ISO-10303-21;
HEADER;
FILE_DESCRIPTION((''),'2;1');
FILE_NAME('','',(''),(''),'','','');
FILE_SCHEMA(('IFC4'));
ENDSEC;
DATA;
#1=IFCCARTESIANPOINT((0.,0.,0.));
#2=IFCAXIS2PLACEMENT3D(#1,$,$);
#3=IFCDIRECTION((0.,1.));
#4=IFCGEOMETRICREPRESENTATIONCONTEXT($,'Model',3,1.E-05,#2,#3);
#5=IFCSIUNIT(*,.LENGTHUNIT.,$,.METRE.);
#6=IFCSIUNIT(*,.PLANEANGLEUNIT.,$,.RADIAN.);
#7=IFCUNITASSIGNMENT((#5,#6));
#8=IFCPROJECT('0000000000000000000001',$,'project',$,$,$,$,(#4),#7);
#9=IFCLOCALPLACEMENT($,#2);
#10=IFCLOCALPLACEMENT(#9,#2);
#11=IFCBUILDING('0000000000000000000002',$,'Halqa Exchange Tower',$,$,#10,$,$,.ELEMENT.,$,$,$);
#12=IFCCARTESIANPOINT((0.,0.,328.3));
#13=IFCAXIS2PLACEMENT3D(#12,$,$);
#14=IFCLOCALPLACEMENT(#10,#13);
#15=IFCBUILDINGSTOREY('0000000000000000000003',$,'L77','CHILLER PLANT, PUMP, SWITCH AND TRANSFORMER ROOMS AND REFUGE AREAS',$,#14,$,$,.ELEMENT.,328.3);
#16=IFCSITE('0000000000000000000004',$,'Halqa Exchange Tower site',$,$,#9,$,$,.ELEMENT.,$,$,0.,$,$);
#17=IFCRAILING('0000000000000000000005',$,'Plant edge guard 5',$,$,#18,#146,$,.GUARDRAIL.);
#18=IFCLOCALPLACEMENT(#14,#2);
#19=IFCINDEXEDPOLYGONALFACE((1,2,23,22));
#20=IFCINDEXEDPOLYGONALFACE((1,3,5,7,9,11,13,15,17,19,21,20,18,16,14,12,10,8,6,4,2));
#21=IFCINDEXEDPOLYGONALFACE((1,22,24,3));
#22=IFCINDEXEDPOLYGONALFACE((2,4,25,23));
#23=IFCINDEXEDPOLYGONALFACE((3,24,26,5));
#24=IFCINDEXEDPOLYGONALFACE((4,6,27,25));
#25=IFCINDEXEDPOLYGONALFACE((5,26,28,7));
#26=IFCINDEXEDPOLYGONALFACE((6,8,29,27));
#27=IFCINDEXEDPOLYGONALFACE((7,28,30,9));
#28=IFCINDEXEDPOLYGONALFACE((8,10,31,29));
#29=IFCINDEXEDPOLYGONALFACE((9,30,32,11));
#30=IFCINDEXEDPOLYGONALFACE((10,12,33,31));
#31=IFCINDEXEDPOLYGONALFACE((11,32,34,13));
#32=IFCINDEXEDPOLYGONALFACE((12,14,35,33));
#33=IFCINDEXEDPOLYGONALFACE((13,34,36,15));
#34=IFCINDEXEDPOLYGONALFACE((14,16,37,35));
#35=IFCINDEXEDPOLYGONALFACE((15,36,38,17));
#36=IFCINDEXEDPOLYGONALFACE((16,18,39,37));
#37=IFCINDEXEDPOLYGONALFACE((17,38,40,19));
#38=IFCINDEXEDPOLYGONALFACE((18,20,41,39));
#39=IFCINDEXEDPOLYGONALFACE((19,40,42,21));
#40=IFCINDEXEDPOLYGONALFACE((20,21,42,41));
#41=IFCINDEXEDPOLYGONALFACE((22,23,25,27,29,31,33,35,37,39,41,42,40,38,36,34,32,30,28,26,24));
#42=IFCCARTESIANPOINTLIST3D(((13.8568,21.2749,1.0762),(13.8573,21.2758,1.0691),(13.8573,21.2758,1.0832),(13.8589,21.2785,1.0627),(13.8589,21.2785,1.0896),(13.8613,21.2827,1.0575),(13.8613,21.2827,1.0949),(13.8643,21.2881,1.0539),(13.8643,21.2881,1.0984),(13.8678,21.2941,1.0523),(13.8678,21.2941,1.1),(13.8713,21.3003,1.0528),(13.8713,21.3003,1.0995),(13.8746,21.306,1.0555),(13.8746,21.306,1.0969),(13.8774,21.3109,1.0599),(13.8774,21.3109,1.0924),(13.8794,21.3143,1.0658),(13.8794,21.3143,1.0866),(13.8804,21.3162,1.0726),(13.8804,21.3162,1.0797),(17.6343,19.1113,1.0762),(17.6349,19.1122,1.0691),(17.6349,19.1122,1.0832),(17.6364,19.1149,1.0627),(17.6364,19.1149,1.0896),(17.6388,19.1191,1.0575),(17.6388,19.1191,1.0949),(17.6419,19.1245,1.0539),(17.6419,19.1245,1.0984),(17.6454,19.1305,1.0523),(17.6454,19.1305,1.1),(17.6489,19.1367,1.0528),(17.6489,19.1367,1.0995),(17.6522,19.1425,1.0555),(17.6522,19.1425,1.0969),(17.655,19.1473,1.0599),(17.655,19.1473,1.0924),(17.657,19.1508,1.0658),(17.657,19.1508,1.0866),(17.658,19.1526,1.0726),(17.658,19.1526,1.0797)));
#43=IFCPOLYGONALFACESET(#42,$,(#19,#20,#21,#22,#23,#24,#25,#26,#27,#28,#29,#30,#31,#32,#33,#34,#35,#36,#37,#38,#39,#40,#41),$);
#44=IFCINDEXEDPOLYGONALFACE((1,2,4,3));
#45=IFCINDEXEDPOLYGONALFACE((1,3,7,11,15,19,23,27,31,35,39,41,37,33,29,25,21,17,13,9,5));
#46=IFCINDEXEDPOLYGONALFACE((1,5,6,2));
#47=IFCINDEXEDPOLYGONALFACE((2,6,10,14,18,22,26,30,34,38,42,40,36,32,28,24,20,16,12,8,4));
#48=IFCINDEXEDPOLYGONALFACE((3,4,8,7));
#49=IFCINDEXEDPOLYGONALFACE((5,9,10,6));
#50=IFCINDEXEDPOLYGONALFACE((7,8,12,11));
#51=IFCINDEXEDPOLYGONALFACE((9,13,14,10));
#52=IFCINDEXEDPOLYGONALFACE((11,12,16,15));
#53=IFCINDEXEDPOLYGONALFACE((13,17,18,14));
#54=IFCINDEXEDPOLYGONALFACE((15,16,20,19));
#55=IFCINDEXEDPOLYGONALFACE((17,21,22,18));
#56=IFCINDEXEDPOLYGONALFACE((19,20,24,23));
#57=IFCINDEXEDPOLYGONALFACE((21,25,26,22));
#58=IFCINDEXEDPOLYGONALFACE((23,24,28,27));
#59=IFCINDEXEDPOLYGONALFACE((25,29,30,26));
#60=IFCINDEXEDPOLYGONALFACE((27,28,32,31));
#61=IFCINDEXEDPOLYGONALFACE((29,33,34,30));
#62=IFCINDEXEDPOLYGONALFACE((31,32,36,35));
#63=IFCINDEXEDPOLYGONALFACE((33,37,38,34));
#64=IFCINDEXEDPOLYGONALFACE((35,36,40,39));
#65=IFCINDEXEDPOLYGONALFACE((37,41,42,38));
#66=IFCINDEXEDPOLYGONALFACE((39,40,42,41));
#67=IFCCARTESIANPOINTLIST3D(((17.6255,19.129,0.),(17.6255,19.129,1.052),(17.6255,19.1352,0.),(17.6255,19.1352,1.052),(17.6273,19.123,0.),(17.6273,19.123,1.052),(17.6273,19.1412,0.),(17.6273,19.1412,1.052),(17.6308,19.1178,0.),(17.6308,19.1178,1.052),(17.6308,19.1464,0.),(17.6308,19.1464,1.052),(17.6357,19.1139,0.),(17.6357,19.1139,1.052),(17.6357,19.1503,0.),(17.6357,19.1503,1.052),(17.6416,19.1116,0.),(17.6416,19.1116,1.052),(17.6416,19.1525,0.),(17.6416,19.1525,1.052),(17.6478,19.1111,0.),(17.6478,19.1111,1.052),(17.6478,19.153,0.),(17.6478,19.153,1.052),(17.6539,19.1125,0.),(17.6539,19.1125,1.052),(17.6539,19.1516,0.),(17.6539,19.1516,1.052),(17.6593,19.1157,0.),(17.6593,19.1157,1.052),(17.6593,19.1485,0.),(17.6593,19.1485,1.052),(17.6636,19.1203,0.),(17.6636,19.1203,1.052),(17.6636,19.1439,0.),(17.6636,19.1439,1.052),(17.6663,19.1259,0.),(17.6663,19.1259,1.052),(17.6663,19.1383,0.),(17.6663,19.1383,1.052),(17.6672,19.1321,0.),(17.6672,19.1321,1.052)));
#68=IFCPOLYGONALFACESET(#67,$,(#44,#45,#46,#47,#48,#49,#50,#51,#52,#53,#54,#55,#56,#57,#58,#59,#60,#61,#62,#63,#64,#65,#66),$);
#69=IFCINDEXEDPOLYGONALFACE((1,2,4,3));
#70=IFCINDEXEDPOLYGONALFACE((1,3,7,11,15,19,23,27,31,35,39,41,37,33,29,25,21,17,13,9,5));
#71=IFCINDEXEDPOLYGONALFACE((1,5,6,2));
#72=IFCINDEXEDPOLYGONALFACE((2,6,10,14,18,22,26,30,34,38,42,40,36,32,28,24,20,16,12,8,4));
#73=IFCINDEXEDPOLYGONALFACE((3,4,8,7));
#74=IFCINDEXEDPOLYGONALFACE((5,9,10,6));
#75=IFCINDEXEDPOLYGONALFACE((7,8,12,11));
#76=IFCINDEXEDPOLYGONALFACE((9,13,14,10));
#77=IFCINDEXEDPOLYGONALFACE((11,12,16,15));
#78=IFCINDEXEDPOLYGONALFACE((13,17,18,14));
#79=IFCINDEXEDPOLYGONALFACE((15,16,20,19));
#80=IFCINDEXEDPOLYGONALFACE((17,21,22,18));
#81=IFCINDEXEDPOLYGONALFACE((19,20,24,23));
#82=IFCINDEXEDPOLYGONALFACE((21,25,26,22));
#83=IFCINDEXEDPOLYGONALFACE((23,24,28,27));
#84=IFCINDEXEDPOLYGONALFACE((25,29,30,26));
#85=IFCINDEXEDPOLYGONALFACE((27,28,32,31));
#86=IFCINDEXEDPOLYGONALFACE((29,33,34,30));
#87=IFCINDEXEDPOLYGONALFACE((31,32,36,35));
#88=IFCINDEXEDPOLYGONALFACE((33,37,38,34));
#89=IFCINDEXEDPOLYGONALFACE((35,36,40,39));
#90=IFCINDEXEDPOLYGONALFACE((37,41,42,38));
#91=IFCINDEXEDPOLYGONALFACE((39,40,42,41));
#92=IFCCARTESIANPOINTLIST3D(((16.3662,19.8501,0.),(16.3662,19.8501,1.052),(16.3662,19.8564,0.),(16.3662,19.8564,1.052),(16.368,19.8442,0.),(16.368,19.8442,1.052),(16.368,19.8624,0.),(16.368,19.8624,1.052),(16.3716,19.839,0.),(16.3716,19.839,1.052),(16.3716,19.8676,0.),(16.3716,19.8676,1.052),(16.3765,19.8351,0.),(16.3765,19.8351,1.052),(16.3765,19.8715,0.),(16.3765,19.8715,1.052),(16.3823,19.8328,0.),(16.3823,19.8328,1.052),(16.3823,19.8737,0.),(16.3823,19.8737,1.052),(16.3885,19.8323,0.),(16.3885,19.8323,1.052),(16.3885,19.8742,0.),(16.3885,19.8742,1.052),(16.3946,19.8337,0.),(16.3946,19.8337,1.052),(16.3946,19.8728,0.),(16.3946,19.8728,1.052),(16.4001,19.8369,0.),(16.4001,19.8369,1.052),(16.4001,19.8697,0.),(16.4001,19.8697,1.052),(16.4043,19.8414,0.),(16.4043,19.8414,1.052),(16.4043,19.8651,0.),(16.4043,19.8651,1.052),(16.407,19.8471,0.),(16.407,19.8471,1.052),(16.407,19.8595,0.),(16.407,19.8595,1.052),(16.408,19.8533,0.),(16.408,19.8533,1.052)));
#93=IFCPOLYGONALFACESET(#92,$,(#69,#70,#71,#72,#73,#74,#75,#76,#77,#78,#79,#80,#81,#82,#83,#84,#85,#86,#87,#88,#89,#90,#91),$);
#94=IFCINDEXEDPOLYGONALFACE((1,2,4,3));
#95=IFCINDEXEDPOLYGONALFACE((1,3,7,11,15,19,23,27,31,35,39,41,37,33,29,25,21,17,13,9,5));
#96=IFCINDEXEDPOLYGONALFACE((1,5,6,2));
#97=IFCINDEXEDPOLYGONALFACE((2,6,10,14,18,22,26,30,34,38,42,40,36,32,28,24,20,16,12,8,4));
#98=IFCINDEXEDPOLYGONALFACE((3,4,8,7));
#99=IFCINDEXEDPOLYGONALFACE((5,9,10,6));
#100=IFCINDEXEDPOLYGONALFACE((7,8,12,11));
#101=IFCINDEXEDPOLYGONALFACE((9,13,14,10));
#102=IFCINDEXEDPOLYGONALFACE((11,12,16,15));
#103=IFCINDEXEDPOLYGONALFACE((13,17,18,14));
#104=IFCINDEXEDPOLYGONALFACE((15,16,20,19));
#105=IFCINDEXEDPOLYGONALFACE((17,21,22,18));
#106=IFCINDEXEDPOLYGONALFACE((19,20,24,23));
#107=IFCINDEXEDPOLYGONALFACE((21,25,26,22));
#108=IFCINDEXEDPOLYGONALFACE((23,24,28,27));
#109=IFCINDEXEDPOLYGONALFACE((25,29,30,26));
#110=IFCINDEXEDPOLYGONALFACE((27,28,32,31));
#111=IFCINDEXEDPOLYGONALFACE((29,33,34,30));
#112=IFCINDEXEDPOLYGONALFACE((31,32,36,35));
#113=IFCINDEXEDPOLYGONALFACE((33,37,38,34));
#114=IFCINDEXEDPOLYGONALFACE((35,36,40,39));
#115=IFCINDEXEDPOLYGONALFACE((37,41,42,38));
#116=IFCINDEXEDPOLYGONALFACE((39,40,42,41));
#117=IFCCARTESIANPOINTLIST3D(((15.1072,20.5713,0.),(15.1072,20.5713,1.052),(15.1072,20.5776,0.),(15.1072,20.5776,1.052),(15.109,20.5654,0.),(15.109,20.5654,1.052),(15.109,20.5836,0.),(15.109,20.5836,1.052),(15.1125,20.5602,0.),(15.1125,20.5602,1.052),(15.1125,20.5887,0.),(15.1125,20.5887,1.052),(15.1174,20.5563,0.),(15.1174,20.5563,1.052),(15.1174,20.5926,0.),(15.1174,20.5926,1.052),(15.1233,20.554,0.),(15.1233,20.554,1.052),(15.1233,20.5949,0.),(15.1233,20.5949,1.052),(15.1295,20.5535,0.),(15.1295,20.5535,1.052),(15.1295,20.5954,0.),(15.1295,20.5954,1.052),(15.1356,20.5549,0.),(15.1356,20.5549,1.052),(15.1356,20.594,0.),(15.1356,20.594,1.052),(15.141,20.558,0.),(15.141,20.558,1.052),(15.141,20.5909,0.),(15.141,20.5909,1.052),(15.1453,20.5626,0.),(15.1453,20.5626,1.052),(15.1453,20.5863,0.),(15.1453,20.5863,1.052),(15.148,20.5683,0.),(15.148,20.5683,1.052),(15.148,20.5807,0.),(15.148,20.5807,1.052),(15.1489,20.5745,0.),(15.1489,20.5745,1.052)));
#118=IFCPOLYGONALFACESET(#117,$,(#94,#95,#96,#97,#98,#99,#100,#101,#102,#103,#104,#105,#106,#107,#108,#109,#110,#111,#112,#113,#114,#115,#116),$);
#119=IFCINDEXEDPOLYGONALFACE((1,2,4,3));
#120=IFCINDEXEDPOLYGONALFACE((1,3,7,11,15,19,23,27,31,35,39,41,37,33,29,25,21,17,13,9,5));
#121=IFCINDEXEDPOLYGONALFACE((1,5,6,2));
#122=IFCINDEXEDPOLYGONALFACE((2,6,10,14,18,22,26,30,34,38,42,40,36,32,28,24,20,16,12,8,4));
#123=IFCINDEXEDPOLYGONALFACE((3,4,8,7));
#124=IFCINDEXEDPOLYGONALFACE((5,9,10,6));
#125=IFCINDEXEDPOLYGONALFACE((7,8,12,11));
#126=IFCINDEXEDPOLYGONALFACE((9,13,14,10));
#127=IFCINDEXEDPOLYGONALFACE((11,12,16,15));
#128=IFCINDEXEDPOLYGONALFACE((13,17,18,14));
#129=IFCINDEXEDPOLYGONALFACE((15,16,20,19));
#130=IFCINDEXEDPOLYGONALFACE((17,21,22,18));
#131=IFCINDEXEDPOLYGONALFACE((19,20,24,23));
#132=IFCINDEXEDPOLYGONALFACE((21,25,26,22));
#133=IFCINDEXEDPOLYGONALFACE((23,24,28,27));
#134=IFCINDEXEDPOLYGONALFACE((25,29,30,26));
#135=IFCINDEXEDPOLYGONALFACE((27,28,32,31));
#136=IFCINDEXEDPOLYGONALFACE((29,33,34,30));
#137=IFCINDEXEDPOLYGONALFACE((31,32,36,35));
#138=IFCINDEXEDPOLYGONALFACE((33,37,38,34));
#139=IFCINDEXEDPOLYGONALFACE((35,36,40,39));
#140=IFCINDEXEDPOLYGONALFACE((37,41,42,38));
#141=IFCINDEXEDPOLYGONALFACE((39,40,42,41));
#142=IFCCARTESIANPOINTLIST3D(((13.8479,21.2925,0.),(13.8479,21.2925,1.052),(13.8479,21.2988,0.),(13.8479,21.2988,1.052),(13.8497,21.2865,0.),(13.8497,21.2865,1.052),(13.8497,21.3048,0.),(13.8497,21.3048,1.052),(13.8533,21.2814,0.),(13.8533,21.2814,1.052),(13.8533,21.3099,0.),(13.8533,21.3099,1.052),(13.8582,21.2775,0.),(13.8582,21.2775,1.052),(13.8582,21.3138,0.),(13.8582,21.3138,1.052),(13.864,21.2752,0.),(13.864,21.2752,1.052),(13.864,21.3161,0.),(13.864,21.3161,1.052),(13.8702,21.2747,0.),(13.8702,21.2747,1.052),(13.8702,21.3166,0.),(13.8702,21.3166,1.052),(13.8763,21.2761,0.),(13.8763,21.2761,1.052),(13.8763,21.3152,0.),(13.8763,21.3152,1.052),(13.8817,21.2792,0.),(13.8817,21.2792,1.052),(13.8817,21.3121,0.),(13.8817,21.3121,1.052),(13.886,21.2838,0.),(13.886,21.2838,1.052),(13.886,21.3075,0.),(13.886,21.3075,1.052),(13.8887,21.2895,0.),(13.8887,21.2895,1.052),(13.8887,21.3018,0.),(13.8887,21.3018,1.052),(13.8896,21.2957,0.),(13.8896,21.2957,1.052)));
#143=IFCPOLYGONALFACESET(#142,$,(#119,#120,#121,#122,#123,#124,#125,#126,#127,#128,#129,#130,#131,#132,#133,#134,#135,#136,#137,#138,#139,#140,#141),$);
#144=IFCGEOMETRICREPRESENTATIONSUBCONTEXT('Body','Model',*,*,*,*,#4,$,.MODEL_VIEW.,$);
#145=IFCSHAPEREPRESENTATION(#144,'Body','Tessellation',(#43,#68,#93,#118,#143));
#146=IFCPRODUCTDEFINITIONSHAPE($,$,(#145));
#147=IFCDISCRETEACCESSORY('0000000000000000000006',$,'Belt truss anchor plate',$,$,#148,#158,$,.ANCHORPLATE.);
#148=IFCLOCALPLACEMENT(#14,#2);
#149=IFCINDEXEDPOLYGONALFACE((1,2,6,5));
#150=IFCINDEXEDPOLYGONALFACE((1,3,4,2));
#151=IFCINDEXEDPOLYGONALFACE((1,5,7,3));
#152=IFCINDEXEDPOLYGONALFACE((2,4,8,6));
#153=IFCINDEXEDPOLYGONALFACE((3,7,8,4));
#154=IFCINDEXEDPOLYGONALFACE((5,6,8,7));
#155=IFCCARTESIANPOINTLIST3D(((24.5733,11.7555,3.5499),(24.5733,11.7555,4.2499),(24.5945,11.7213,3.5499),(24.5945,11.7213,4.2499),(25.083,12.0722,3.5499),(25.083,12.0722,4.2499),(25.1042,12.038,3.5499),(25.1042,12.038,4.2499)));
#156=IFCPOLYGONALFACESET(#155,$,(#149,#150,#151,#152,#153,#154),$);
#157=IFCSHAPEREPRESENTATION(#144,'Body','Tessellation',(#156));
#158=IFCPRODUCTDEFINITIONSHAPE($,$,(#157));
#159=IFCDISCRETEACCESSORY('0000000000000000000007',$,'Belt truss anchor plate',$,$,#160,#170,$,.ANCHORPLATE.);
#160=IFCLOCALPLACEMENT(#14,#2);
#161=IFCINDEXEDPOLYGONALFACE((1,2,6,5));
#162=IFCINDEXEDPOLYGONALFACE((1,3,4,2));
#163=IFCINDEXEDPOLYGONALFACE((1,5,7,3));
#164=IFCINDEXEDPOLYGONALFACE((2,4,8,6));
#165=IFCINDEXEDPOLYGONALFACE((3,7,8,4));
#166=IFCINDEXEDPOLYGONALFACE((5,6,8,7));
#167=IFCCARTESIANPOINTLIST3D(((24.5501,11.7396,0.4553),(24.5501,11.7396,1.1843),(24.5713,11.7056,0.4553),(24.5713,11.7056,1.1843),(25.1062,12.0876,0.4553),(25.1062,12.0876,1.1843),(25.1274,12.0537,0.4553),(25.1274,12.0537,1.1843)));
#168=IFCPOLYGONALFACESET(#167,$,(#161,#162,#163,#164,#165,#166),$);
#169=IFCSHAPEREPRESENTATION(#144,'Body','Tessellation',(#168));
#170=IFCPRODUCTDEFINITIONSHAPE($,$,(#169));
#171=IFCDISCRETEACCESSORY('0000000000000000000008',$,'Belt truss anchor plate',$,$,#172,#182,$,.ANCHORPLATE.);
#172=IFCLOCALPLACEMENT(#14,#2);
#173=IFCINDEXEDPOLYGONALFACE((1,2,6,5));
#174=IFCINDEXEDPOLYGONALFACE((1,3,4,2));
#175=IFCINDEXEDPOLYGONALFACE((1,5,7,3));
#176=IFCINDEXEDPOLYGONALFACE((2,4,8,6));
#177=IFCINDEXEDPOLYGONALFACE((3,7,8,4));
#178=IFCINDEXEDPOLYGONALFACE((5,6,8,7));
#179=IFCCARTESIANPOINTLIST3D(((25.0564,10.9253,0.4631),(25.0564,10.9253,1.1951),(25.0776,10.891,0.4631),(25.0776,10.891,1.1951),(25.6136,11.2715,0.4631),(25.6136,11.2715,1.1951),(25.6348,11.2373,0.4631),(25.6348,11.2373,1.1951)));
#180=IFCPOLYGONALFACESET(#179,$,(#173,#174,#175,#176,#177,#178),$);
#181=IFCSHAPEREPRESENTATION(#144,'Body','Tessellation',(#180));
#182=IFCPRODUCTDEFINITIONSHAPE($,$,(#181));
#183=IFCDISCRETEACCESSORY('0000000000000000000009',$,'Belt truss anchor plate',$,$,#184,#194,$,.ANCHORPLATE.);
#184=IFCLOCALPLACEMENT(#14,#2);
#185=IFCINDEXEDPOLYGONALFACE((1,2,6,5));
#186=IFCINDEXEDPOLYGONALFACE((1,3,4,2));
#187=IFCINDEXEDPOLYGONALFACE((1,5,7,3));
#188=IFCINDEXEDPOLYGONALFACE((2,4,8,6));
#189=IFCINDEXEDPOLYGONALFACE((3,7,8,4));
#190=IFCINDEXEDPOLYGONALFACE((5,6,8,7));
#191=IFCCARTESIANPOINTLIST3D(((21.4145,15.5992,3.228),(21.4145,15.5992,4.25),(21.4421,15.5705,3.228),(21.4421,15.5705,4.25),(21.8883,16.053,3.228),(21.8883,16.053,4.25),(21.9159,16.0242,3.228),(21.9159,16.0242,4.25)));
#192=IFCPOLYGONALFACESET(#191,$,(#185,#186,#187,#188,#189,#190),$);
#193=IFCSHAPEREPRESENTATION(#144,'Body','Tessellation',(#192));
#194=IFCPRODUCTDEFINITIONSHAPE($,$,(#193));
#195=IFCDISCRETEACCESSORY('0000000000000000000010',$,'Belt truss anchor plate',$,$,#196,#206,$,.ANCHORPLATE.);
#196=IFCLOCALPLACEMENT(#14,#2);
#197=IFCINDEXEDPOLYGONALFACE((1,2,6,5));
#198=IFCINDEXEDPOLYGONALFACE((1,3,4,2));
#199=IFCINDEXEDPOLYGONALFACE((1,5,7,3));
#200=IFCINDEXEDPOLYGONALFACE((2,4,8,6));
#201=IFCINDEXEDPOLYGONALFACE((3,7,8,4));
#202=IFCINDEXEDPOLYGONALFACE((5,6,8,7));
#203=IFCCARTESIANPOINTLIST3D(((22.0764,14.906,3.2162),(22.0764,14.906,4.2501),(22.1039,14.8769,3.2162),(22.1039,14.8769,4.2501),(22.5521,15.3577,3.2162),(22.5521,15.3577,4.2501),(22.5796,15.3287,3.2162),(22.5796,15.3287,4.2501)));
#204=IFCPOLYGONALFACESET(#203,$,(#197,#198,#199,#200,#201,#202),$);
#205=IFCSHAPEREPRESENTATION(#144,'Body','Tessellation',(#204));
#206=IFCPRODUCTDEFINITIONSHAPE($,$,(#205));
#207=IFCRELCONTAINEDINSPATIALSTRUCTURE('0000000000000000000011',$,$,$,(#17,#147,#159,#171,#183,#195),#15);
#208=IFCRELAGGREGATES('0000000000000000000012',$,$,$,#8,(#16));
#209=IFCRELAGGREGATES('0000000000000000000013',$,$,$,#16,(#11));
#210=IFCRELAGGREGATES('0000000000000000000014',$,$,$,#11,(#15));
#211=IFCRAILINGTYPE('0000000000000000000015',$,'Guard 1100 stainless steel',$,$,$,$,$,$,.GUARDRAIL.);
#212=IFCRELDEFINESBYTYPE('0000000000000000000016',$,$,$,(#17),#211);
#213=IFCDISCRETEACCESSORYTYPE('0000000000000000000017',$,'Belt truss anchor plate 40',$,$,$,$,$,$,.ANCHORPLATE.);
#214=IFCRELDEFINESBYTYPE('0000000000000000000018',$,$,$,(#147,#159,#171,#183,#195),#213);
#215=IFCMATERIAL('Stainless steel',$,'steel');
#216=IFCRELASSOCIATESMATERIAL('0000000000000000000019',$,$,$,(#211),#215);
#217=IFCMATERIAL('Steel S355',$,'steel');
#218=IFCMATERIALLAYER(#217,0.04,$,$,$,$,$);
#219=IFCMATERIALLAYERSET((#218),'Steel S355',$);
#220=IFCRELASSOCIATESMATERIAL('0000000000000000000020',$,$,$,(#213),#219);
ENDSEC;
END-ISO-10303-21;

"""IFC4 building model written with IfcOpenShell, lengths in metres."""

from ifc_helpers import new_model, si_unit, direction, frame, origin, origin_2d, place, context, subcontext, project, spatial, rectangle, circle, extrude, material, layer, layer_set, type_object, element, save


model = new_model("IFC4")

# Units and contexts
model_context = context("Model", 3, precision=1e-05, world=origin(), true_north=direction((0.0, 1.0)))
body_context = subcontext(model_context, "Body", "Model", "MODEL_VIEW")
ifc_project = project(units=[si_unit("LENGTHUNIT", "METRE"), si_unit("PLANEANGLEUNIT", "RADIAN")], contexts=[model_context])

# Site, building, storey
site_placement = place(None, origin())
site = spatial("IfcSite", under=ifc_project, at=site_placement, Name="Halqa Exchange Tower site", CompositionType="ELEMENT", RefElevation=0.0)
building_placement = place(site_placement, origin())
building = spatial("IfcBuilding", under=site, at=building_placement, Name="Halqa Exchange Tower", CompositionType="ELEMENT")
storey_placement = place(building_placement, frame((0.0, 0.0, 328.3)))
storey = spatial("IfcBuildingStorey", under=building, at=storey_placement, Name="L77", Description="CHILLER PLANT, PUMP, SWITCH AND TRANSFORMER ROOMS AND REFUGE AREAS", CompositionType="ELEMENT", Elevation=328.3)

# Shared definitions
ifc_material_1 = material(Name="Steel S355", Category="steel")

# Railing
ifc_material_2 = material(Name="Stainless steel", Category="steel")
railing_type = type_object("IfcRailingType", Name="Guard 1100 stainless steel", PredefinedType="GUARDRAIL", material=ifc_material_2)
railing_1_placement = place(storey_placement, frame((17.6462, 19.1321, 0.0)))
element("IfcRailing", 1, at=railing_1_placement, inside=storey, type_object=railing_type, Name="Plant edge guard 5", PredefinedType="GUARDRAIL", context=body_context, shape_type="SweptSolid", body=[
    extrude(circle(Radius=0.0239, at=origin_2d()), frame((0.0, 0.0, 1.0762), z_axis=(-0.867753, 0.496996, 0.0), x_axis=(-0.496996, -0.867753, 0.0)), (0.0, 0.0, 1.0), 4.3533),
    extrude(circle(Radius=0.021, at=origin_2d()), origin(), (0.0, 0.0, 1.0), 1.052),
    extrude(circle(Radius=0.021, at=origin_2d()), frame((-1.2593, 0.7212, 0.0)), (0.0, 0.0, 1.0), 1.052),
    extrude(circle(Radius=0.021, at=origin_2d()), frame((-2.5183, 1.4424, 0.0)), (0.0, 0.0, 1.0), 1.052),
    extrude(circle(Radius=0.021, at=origin_2d()), frame((-3.7776, 2.1636, 0.0)), (0.0, 0.0, 1.0), 1.052),
])

# Discrete accessories
ifc_layer_1 = layer(ifc_material_1, 0.04)
ifc_layer_set_1 = layer_set([ifc_layer_1], Name="Steel S355")
discrete_accessory_type = type_object("IfcDiscreteAccessoryType", Name="Belt truss anchor plate 40", PredefinedType="ANCHORPLATE", material=ifc_layer_set_1)
discrete_accessory_1_placement = place(storey_placement, frame((24.8494, 11.8796, 3.8999), z_axis=(-0.527816, 0.849359, 0.0), x_axis=(-0.849359, -0.527816, 0.0)))
element("IfcDiscreteAccessory", 2, at=discrete_accessory_1_placement, inside=storey, type_object=discrete_accessory_type, Name="Belt truss anchor plate", PredefinedType="ANCHORPLATE", context=body_context, shape_type="SweptSolid", body=[
    extrude(rectangle(XDim=0.6001, YDim=0.7, at=origin_2d()), origin(), (0.0, 0.0, 1.0), 0.0403),
])
discrete_accessory_2_placement = place(storey_placement, frame((24.8494, 11.8796, 0.8198), z_axis=(-0.530547, 0.847656, 0.0), x_axis=(-0.847656, -0.530547, 0.0)))
element("IfcDiscreteAccessory", 3, at=discrete_accessory_2_placement, inside=storey, type_object=discrete_accessory_type, Name="Belt truss anchor plate", PredefinedType="ANCHORPLATE", context=body_context, shape_type="SweptSolid", body=[
    extrude(rectangle(XDim=0.656, YDim=0.729, at=origin_2d()), origin(), (0.0, 0.0, 1.0), 0.04),
])
discrete_accessory_3_placement = place(storey_placement, frame((25.335, 11.0984, 0.8291), z_axis=(0.527816, -0.849359, 0.0), x_axis=(0.849359, 0.527816, 0.0)))
element("IfcDiscreteAccessory", 4, at=discrete_accessory_3_placement, inside=storey, type_object=discrete_accessory_type, Name="Belt truss anchor plate", PredefinedType="ANCHORPLATE", context=body_context, shape_type="SweptSolid", body=[
    extrude(rectangle(XDim=0.656, YDim=0.7319, at=origin_2d()), origin(), (0.0, 0.0, 1.0), 0.0403),
])
discrete_accessory_4_placement = place(storey_placement, frame((21.679, 15.7974, 3.739), z_axis=(-0.691639, 0.722243, 0.0), x_axis=(-0.722243, -0.691639, 0.0)))
element("IfcDiscreteAccessory", 5, at=discrete_accessory_4_placement, inside=storey, type_object=discrete_accessory_type, Name="Belt truss anchor plate", PredefinedType="ANCHORPLATE", context=body_context, shape_type="SweptSolid", body=[
    extrude(rectangle(XDim=0.656, YDim=1.022, at=origin_2d()), origin(), (0.0, 0.0, 1.0), 0.0398),
])
discrete_accessory_5_placement = place(storey_placement, frame((22.3142, 15.1318, 3.7332), z_axis=(0.688589, -0.725152, 0.0), x_axis=(0.725152, 0.688589, 0.0)))
element("IfcDiscreteAccessory", 6, at=discrete_accessory_5_placement, inside=storey, type_object=discrete_accessory_type, Name="Belt truss anchor plate", PredefinedType="ANCHORPLATE", context=body_context, shape_type="SweptSolid", body=[
    extrude(rectangle(XDim=0.656, YDim=1.0339, at=origin_2d()), origin(), (0.0, 0.0, 1.0), 0.04),
])

save(model, "model.ifc")
